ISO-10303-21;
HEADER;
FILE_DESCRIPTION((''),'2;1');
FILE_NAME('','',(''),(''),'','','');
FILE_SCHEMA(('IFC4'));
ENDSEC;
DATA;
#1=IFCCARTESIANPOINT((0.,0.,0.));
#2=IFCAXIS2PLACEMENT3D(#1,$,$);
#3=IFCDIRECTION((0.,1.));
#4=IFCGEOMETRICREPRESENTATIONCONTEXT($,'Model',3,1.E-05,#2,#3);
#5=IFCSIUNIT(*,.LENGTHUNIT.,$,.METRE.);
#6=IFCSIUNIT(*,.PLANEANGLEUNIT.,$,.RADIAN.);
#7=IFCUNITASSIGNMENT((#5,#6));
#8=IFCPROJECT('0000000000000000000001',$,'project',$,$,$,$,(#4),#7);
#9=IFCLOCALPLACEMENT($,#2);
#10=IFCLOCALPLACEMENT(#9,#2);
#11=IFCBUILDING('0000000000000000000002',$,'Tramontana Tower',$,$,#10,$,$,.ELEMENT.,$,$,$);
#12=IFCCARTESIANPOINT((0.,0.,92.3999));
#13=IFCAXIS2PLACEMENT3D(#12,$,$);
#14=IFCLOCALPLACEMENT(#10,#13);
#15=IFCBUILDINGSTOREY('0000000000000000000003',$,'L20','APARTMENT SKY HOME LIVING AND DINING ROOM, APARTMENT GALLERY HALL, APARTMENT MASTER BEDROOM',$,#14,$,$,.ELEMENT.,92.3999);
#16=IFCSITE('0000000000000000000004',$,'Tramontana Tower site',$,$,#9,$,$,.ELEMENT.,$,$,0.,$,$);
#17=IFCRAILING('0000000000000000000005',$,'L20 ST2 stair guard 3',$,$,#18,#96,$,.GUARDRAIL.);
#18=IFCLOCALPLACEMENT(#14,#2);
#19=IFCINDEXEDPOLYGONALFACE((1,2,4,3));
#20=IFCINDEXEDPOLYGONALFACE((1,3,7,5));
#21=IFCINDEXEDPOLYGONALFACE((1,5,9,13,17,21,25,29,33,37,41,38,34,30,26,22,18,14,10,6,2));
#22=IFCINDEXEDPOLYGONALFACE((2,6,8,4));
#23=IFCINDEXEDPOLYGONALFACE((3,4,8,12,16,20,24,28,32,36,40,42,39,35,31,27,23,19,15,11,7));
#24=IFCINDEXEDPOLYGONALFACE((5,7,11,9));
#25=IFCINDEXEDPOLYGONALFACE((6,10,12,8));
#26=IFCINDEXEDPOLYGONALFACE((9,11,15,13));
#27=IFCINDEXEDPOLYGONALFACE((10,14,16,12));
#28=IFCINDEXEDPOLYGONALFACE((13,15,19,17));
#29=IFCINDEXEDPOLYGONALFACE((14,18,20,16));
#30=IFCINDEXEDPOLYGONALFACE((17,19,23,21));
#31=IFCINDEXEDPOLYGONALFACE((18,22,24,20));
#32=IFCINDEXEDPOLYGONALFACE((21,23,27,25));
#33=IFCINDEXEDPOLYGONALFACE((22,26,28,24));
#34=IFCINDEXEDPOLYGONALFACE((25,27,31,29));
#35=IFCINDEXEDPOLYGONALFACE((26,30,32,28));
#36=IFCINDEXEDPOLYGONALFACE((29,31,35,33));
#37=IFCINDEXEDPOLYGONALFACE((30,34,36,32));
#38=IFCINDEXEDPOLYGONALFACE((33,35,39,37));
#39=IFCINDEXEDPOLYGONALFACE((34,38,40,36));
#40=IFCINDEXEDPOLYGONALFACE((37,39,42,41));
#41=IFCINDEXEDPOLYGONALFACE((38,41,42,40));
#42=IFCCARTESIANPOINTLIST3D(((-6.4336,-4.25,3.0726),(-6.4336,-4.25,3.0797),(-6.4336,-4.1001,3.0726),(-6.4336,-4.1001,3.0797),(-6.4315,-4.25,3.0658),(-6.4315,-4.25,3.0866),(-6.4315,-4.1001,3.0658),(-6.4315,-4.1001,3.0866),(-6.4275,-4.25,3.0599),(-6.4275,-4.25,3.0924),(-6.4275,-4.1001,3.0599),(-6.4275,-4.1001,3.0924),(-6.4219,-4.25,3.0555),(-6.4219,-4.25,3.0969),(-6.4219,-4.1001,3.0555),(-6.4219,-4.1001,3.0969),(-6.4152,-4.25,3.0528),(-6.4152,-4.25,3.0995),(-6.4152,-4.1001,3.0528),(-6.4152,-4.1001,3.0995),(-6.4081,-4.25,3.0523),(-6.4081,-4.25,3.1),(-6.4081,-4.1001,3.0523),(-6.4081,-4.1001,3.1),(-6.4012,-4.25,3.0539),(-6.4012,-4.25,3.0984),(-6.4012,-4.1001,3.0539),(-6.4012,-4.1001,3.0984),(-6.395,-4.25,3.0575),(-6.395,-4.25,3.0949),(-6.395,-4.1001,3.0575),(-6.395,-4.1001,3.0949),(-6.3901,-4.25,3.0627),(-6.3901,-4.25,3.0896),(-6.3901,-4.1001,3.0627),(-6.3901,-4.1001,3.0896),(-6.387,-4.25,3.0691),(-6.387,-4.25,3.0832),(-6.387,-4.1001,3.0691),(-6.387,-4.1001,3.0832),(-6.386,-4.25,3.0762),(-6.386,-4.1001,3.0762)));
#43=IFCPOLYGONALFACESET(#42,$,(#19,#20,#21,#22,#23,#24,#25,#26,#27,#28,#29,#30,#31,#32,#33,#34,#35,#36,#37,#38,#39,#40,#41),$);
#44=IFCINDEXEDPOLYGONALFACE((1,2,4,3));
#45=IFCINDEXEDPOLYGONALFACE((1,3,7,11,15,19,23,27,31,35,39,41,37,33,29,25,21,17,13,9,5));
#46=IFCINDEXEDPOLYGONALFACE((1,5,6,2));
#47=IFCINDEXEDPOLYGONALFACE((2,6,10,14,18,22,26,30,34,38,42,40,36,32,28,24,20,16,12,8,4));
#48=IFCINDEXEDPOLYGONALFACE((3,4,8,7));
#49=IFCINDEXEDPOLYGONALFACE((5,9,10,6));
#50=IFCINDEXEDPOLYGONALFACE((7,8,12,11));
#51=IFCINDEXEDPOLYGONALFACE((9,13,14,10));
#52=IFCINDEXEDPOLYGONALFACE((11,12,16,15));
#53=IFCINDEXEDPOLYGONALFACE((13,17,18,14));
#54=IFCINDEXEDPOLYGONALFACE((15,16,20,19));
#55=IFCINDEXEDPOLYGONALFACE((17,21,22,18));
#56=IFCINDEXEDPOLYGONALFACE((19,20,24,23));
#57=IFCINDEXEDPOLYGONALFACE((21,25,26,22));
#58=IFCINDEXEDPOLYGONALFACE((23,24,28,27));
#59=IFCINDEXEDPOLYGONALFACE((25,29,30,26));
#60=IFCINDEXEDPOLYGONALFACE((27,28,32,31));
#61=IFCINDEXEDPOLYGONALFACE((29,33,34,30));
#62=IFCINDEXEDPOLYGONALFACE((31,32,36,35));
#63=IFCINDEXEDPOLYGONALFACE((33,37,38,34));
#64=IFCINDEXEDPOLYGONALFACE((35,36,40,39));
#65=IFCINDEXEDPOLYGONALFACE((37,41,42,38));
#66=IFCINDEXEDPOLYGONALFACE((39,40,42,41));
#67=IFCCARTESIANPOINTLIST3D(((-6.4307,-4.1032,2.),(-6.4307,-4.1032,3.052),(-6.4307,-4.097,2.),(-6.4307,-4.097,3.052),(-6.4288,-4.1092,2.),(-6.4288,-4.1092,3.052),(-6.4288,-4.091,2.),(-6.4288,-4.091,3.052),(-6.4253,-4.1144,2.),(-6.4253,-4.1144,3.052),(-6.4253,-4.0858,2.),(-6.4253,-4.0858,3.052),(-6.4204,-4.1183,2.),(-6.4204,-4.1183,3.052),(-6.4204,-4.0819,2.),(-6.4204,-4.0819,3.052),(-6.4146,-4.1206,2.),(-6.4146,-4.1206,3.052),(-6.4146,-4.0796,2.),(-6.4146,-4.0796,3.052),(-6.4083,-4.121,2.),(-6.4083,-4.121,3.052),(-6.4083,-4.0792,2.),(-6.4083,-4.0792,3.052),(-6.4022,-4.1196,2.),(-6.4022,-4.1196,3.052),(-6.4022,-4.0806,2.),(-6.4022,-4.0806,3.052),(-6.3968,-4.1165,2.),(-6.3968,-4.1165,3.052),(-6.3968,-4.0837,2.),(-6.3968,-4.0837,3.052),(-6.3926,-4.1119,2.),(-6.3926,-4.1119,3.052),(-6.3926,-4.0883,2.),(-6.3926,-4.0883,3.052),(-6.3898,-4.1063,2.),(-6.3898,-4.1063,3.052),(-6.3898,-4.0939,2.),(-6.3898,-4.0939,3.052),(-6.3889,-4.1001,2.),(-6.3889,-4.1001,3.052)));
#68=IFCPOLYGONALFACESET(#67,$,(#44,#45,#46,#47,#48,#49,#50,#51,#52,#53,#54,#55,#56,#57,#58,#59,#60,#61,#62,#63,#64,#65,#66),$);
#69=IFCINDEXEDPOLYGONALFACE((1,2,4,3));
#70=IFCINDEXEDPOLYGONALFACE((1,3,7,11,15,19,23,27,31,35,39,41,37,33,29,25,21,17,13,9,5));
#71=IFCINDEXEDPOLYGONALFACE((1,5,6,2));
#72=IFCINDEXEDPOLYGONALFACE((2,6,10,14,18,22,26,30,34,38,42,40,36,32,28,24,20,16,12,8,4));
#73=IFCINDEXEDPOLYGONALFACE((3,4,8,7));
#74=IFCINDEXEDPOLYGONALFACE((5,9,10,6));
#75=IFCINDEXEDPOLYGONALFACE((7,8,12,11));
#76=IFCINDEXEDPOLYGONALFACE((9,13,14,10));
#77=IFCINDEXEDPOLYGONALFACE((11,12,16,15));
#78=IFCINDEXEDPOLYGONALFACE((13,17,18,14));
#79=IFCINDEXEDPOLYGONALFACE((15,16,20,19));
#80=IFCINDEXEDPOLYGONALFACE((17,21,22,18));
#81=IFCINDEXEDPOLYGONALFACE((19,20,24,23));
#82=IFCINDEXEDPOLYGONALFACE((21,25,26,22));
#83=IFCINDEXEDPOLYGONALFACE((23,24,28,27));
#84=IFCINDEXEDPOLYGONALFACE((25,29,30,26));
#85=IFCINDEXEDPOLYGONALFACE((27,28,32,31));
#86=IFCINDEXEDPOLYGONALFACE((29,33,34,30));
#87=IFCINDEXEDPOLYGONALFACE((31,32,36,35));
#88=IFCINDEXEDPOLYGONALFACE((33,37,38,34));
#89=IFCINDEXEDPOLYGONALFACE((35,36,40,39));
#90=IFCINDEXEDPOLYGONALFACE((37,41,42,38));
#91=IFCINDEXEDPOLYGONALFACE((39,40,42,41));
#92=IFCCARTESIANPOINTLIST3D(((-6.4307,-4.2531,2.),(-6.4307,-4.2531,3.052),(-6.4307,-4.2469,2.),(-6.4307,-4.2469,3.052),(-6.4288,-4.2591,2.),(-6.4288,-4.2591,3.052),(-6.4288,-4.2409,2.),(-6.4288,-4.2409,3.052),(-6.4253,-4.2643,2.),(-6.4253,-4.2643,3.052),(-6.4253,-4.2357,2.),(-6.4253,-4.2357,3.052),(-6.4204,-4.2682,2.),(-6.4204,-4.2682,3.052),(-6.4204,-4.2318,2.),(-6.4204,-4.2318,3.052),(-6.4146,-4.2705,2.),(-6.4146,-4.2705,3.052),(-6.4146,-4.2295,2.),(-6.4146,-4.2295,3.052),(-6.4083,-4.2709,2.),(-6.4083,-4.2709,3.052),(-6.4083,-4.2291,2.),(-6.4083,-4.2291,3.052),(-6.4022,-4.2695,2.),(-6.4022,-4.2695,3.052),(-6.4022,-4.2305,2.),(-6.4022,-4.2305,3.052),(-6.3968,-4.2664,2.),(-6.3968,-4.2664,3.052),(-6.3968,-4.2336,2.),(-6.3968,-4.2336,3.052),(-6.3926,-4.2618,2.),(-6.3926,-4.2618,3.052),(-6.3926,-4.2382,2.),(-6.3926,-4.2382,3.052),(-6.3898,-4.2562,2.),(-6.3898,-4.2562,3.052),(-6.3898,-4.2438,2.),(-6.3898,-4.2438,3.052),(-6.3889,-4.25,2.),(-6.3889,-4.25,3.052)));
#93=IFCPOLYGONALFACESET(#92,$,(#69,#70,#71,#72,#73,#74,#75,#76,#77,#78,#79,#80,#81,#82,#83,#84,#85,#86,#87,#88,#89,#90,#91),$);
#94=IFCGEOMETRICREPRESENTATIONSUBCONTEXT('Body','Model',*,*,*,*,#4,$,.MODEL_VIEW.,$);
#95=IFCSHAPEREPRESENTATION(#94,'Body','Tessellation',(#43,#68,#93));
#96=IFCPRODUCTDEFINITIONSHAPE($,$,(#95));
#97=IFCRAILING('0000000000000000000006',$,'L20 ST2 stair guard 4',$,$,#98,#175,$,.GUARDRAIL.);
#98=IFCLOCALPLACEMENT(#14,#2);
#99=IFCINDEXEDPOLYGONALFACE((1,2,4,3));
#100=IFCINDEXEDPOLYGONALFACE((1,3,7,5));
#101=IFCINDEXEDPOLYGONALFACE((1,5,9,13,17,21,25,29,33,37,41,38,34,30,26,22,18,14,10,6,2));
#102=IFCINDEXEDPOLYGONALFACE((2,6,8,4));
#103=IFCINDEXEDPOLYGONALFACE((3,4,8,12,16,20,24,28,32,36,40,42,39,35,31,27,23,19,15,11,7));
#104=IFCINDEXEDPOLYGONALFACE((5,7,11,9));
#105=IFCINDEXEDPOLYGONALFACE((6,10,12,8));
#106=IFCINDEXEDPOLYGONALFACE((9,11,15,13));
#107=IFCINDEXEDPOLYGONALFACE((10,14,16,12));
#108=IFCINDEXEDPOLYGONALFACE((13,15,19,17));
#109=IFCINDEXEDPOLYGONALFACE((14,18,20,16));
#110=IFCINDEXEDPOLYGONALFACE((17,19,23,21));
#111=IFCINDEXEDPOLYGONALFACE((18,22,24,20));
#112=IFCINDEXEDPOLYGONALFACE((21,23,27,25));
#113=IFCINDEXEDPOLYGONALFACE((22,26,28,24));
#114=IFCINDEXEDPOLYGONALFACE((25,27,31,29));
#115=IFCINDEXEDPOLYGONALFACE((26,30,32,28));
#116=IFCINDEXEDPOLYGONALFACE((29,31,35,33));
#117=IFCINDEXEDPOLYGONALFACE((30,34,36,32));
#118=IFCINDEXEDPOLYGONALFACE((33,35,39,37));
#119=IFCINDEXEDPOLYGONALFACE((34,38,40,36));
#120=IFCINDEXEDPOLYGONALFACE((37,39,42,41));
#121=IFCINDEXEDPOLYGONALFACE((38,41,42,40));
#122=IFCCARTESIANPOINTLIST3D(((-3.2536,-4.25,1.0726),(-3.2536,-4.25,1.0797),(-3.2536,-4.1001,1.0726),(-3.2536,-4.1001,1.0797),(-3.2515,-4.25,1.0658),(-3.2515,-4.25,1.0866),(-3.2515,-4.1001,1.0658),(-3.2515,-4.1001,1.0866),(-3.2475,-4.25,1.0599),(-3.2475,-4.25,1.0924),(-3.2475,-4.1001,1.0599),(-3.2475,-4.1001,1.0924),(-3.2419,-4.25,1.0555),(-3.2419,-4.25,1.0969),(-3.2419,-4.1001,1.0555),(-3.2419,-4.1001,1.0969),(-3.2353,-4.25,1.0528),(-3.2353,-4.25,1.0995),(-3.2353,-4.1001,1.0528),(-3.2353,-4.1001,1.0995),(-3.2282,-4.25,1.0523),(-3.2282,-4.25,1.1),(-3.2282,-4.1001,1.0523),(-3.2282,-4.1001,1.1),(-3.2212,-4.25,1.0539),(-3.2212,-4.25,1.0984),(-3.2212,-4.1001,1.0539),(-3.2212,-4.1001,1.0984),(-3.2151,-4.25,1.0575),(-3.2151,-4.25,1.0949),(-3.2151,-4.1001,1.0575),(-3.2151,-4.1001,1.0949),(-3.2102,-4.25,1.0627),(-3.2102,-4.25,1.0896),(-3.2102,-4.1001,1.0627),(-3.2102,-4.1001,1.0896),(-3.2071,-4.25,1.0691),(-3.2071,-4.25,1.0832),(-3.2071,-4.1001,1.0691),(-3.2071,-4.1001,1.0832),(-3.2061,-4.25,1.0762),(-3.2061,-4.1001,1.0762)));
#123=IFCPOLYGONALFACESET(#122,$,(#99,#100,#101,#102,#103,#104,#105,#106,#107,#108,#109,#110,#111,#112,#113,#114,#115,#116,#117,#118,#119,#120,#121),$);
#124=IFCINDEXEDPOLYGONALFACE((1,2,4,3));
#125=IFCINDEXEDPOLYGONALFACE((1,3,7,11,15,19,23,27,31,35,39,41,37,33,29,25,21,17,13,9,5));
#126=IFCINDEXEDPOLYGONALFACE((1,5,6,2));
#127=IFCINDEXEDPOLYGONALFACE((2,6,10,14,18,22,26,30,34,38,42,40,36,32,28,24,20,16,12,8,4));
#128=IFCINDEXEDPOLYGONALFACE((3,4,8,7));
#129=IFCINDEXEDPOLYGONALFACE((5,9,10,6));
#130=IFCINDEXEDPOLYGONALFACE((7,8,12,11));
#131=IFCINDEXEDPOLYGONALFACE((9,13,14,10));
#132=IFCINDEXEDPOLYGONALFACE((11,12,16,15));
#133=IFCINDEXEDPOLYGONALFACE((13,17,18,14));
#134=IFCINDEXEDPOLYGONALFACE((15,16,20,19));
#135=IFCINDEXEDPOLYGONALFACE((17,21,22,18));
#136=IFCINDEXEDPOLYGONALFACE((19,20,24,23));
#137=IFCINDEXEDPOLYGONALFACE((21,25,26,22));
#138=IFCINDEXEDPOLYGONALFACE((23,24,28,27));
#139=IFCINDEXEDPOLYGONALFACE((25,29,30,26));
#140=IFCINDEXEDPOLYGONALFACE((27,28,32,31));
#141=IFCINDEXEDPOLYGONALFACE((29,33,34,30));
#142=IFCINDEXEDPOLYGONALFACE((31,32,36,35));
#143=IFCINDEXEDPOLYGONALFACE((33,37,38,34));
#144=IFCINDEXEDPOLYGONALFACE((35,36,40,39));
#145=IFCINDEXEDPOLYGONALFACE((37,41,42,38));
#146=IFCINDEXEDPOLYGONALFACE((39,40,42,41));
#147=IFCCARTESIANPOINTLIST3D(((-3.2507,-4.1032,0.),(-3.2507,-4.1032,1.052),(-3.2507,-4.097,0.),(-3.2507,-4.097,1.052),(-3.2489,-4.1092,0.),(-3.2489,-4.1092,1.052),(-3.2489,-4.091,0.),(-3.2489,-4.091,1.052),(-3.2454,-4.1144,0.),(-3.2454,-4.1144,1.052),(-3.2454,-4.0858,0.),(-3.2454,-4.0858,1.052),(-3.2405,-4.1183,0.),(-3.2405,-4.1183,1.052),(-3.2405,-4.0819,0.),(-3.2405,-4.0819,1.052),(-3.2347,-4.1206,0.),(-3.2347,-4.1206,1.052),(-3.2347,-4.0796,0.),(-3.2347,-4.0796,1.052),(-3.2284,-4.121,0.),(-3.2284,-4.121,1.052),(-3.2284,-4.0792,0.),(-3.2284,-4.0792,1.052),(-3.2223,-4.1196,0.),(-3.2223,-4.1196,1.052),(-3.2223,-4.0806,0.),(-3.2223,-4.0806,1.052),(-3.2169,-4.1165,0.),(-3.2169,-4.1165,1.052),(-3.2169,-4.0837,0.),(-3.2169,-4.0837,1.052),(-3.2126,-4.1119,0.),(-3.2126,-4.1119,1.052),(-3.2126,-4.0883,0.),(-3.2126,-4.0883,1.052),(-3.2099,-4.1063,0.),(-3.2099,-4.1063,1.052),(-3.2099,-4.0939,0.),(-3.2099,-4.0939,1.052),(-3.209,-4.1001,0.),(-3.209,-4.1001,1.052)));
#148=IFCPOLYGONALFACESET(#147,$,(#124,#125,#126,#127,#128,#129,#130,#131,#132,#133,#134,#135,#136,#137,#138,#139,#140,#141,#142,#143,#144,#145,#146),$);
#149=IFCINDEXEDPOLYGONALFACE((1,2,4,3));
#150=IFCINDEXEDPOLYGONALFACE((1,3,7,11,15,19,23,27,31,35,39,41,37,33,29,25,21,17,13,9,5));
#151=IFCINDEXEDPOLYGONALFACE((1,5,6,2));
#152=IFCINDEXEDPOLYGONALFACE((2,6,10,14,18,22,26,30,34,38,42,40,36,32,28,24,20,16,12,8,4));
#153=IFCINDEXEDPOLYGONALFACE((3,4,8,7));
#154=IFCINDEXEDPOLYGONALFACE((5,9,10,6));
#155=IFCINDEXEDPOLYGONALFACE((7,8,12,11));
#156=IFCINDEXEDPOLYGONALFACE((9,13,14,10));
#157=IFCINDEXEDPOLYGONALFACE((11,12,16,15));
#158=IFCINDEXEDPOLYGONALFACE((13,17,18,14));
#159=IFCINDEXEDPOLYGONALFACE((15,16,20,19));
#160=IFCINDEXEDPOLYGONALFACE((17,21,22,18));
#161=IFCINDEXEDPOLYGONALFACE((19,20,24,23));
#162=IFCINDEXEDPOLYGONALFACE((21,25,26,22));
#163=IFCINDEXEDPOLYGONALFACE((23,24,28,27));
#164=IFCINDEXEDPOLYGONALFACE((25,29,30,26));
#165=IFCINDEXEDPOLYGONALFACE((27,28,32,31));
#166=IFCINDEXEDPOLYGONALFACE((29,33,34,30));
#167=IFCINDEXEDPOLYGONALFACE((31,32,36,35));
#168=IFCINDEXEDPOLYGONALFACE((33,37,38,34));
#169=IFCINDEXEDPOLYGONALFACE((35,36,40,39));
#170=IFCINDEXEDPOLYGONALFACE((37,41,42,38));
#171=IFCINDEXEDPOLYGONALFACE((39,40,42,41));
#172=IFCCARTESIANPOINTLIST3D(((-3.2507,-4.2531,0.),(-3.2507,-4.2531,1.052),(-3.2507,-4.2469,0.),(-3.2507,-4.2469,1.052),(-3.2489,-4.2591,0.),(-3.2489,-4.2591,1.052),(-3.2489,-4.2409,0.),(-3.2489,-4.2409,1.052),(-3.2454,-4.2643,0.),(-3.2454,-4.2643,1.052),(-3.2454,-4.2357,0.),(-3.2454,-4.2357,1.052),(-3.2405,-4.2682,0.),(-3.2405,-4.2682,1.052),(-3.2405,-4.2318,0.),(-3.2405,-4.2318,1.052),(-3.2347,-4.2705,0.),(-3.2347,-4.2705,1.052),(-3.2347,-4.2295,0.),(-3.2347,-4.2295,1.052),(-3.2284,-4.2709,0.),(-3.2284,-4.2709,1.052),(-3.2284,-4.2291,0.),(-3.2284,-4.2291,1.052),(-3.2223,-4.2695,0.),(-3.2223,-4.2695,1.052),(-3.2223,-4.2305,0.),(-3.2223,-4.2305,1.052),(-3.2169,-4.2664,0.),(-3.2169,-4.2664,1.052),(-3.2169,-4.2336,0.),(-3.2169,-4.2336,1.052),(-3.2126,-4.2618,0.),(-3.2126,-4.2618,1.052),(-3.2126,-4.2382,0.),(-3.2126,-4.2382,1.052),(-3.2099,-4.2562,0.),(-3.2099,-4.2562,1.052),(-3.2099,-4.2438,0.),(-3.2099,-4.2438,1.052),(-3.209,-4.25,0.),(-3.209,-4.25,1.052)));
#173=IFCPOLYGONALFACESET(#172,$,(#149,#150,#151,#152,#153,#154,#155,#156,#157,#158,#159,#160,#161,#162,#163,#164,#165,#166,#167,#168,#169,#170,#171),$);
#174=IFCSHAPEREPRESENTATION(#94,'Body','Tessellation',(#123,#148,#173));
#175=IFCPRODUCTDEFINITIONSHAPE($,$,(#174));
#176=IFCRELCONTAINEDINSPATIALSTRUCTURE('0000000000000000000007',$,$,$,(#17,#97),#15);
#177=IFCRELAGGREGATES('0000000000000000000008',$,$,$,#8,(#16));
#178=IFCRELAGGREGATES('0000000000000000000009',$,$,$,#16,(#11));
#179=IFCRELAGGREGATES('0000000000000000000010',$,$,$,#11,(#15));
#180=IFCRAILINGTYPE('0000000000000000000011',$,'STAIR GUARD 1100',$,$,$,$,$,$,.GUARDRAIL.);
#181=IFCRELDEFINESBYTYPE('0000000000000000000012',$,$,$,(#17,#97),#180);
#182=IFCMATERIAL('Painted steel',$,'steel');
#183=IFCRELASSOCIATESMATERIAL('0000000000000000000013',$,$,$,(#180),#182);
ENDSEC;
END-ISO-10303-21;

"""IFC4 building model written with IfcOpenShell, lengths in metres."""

from ifc_helpers import new_model, si_unit, direction, frame, origin, origin_2d, place, context, subcontext, project, spatial, circle, extrude, material, type_object, element, save


model = new_model("IFC4")

# Units and contexts
model_context = context("Model", 3, precision=1e-05, world=origin(), true_north=direction((0.0, 1.0)))
body_context = subcontext(model_context, "Body", "Model", "MODEL_VIEW")
ifc_project = project(units=[si_unit("LENGTHUNIT", "METRE"), si_unit("PLANEANGLEUNIT", "RADIAN")], contexts=[model_context])

# Site, building, storey
site_placement = place(None, origin())
site = spatial("IfcSite", under=ifc_project, at=site_placement, Name="Tramontana Tower site", CompositionType="ELEMENT", RefElevation=0.0)
building_placement = place(site_placement, origin())
building = spatial("IfcBuilding", under=site, at=building_placement, Name="Tramontana Tower", CompositionType="ELEMENT")
storey_placement = place(building_placement, frame((0.0, 0.0, 92.3999)))
storey = spatial("IfcBuildingStorey", under=building, at=storey_placement, Name="L20", Description="APARTMENT SKY HOME LIVING AND DINING ROOM, APARTMENT GALLERY HALL, APARTMENT MASTER BEDROOM", CompositionType="ELEMENT", Elevation=92.3999)

# Railings
ifc_material_1 = material(Name="Painted steel", Category="steel")
railing_type_1 = type_object("IfcRailingType", Name="STAIR GUARD 1100", PredefinedType="GUARDRAIL", material=ifc_material_1)
for number, where, name in (
    (1, (-6.4099, -4.1001, 2.0), "L20 ST2 stair guard 3"),
    (2, (-3.23, -4.1001, 0.0), "L20 ST2 stair guard 4"),
):
    element("IfcRailing", number, at=place(storey_placement, frame(where)), inside=storey, type_object=railing_type_1, Name=name, PredefinedType="GUARDRAIL", context=body_context, shape_type="SweptSolid", body=[
        extrude(circle(Radius=0.0239, at=origin_2d()), frame((0.0, 0.0, 1.0762), z_axis=(0.0, -1.0, 0.0), x_axis=(1.0, 0.0, 0.0)), (0.0, 0.0, 1.0), 0.1499),
        extrude(circle(Radius=0.021, at=origin_2d()), origin(), (0.0, 0.0, 1.0), 1.052),
        extrude(circle(Radius=0.021, at=origin_2d()), frame((0.0, -0.1499, 0.0)), (0.0, 0.0, 1.0), 1.052),
    ])

save(model, "model.ifc")
